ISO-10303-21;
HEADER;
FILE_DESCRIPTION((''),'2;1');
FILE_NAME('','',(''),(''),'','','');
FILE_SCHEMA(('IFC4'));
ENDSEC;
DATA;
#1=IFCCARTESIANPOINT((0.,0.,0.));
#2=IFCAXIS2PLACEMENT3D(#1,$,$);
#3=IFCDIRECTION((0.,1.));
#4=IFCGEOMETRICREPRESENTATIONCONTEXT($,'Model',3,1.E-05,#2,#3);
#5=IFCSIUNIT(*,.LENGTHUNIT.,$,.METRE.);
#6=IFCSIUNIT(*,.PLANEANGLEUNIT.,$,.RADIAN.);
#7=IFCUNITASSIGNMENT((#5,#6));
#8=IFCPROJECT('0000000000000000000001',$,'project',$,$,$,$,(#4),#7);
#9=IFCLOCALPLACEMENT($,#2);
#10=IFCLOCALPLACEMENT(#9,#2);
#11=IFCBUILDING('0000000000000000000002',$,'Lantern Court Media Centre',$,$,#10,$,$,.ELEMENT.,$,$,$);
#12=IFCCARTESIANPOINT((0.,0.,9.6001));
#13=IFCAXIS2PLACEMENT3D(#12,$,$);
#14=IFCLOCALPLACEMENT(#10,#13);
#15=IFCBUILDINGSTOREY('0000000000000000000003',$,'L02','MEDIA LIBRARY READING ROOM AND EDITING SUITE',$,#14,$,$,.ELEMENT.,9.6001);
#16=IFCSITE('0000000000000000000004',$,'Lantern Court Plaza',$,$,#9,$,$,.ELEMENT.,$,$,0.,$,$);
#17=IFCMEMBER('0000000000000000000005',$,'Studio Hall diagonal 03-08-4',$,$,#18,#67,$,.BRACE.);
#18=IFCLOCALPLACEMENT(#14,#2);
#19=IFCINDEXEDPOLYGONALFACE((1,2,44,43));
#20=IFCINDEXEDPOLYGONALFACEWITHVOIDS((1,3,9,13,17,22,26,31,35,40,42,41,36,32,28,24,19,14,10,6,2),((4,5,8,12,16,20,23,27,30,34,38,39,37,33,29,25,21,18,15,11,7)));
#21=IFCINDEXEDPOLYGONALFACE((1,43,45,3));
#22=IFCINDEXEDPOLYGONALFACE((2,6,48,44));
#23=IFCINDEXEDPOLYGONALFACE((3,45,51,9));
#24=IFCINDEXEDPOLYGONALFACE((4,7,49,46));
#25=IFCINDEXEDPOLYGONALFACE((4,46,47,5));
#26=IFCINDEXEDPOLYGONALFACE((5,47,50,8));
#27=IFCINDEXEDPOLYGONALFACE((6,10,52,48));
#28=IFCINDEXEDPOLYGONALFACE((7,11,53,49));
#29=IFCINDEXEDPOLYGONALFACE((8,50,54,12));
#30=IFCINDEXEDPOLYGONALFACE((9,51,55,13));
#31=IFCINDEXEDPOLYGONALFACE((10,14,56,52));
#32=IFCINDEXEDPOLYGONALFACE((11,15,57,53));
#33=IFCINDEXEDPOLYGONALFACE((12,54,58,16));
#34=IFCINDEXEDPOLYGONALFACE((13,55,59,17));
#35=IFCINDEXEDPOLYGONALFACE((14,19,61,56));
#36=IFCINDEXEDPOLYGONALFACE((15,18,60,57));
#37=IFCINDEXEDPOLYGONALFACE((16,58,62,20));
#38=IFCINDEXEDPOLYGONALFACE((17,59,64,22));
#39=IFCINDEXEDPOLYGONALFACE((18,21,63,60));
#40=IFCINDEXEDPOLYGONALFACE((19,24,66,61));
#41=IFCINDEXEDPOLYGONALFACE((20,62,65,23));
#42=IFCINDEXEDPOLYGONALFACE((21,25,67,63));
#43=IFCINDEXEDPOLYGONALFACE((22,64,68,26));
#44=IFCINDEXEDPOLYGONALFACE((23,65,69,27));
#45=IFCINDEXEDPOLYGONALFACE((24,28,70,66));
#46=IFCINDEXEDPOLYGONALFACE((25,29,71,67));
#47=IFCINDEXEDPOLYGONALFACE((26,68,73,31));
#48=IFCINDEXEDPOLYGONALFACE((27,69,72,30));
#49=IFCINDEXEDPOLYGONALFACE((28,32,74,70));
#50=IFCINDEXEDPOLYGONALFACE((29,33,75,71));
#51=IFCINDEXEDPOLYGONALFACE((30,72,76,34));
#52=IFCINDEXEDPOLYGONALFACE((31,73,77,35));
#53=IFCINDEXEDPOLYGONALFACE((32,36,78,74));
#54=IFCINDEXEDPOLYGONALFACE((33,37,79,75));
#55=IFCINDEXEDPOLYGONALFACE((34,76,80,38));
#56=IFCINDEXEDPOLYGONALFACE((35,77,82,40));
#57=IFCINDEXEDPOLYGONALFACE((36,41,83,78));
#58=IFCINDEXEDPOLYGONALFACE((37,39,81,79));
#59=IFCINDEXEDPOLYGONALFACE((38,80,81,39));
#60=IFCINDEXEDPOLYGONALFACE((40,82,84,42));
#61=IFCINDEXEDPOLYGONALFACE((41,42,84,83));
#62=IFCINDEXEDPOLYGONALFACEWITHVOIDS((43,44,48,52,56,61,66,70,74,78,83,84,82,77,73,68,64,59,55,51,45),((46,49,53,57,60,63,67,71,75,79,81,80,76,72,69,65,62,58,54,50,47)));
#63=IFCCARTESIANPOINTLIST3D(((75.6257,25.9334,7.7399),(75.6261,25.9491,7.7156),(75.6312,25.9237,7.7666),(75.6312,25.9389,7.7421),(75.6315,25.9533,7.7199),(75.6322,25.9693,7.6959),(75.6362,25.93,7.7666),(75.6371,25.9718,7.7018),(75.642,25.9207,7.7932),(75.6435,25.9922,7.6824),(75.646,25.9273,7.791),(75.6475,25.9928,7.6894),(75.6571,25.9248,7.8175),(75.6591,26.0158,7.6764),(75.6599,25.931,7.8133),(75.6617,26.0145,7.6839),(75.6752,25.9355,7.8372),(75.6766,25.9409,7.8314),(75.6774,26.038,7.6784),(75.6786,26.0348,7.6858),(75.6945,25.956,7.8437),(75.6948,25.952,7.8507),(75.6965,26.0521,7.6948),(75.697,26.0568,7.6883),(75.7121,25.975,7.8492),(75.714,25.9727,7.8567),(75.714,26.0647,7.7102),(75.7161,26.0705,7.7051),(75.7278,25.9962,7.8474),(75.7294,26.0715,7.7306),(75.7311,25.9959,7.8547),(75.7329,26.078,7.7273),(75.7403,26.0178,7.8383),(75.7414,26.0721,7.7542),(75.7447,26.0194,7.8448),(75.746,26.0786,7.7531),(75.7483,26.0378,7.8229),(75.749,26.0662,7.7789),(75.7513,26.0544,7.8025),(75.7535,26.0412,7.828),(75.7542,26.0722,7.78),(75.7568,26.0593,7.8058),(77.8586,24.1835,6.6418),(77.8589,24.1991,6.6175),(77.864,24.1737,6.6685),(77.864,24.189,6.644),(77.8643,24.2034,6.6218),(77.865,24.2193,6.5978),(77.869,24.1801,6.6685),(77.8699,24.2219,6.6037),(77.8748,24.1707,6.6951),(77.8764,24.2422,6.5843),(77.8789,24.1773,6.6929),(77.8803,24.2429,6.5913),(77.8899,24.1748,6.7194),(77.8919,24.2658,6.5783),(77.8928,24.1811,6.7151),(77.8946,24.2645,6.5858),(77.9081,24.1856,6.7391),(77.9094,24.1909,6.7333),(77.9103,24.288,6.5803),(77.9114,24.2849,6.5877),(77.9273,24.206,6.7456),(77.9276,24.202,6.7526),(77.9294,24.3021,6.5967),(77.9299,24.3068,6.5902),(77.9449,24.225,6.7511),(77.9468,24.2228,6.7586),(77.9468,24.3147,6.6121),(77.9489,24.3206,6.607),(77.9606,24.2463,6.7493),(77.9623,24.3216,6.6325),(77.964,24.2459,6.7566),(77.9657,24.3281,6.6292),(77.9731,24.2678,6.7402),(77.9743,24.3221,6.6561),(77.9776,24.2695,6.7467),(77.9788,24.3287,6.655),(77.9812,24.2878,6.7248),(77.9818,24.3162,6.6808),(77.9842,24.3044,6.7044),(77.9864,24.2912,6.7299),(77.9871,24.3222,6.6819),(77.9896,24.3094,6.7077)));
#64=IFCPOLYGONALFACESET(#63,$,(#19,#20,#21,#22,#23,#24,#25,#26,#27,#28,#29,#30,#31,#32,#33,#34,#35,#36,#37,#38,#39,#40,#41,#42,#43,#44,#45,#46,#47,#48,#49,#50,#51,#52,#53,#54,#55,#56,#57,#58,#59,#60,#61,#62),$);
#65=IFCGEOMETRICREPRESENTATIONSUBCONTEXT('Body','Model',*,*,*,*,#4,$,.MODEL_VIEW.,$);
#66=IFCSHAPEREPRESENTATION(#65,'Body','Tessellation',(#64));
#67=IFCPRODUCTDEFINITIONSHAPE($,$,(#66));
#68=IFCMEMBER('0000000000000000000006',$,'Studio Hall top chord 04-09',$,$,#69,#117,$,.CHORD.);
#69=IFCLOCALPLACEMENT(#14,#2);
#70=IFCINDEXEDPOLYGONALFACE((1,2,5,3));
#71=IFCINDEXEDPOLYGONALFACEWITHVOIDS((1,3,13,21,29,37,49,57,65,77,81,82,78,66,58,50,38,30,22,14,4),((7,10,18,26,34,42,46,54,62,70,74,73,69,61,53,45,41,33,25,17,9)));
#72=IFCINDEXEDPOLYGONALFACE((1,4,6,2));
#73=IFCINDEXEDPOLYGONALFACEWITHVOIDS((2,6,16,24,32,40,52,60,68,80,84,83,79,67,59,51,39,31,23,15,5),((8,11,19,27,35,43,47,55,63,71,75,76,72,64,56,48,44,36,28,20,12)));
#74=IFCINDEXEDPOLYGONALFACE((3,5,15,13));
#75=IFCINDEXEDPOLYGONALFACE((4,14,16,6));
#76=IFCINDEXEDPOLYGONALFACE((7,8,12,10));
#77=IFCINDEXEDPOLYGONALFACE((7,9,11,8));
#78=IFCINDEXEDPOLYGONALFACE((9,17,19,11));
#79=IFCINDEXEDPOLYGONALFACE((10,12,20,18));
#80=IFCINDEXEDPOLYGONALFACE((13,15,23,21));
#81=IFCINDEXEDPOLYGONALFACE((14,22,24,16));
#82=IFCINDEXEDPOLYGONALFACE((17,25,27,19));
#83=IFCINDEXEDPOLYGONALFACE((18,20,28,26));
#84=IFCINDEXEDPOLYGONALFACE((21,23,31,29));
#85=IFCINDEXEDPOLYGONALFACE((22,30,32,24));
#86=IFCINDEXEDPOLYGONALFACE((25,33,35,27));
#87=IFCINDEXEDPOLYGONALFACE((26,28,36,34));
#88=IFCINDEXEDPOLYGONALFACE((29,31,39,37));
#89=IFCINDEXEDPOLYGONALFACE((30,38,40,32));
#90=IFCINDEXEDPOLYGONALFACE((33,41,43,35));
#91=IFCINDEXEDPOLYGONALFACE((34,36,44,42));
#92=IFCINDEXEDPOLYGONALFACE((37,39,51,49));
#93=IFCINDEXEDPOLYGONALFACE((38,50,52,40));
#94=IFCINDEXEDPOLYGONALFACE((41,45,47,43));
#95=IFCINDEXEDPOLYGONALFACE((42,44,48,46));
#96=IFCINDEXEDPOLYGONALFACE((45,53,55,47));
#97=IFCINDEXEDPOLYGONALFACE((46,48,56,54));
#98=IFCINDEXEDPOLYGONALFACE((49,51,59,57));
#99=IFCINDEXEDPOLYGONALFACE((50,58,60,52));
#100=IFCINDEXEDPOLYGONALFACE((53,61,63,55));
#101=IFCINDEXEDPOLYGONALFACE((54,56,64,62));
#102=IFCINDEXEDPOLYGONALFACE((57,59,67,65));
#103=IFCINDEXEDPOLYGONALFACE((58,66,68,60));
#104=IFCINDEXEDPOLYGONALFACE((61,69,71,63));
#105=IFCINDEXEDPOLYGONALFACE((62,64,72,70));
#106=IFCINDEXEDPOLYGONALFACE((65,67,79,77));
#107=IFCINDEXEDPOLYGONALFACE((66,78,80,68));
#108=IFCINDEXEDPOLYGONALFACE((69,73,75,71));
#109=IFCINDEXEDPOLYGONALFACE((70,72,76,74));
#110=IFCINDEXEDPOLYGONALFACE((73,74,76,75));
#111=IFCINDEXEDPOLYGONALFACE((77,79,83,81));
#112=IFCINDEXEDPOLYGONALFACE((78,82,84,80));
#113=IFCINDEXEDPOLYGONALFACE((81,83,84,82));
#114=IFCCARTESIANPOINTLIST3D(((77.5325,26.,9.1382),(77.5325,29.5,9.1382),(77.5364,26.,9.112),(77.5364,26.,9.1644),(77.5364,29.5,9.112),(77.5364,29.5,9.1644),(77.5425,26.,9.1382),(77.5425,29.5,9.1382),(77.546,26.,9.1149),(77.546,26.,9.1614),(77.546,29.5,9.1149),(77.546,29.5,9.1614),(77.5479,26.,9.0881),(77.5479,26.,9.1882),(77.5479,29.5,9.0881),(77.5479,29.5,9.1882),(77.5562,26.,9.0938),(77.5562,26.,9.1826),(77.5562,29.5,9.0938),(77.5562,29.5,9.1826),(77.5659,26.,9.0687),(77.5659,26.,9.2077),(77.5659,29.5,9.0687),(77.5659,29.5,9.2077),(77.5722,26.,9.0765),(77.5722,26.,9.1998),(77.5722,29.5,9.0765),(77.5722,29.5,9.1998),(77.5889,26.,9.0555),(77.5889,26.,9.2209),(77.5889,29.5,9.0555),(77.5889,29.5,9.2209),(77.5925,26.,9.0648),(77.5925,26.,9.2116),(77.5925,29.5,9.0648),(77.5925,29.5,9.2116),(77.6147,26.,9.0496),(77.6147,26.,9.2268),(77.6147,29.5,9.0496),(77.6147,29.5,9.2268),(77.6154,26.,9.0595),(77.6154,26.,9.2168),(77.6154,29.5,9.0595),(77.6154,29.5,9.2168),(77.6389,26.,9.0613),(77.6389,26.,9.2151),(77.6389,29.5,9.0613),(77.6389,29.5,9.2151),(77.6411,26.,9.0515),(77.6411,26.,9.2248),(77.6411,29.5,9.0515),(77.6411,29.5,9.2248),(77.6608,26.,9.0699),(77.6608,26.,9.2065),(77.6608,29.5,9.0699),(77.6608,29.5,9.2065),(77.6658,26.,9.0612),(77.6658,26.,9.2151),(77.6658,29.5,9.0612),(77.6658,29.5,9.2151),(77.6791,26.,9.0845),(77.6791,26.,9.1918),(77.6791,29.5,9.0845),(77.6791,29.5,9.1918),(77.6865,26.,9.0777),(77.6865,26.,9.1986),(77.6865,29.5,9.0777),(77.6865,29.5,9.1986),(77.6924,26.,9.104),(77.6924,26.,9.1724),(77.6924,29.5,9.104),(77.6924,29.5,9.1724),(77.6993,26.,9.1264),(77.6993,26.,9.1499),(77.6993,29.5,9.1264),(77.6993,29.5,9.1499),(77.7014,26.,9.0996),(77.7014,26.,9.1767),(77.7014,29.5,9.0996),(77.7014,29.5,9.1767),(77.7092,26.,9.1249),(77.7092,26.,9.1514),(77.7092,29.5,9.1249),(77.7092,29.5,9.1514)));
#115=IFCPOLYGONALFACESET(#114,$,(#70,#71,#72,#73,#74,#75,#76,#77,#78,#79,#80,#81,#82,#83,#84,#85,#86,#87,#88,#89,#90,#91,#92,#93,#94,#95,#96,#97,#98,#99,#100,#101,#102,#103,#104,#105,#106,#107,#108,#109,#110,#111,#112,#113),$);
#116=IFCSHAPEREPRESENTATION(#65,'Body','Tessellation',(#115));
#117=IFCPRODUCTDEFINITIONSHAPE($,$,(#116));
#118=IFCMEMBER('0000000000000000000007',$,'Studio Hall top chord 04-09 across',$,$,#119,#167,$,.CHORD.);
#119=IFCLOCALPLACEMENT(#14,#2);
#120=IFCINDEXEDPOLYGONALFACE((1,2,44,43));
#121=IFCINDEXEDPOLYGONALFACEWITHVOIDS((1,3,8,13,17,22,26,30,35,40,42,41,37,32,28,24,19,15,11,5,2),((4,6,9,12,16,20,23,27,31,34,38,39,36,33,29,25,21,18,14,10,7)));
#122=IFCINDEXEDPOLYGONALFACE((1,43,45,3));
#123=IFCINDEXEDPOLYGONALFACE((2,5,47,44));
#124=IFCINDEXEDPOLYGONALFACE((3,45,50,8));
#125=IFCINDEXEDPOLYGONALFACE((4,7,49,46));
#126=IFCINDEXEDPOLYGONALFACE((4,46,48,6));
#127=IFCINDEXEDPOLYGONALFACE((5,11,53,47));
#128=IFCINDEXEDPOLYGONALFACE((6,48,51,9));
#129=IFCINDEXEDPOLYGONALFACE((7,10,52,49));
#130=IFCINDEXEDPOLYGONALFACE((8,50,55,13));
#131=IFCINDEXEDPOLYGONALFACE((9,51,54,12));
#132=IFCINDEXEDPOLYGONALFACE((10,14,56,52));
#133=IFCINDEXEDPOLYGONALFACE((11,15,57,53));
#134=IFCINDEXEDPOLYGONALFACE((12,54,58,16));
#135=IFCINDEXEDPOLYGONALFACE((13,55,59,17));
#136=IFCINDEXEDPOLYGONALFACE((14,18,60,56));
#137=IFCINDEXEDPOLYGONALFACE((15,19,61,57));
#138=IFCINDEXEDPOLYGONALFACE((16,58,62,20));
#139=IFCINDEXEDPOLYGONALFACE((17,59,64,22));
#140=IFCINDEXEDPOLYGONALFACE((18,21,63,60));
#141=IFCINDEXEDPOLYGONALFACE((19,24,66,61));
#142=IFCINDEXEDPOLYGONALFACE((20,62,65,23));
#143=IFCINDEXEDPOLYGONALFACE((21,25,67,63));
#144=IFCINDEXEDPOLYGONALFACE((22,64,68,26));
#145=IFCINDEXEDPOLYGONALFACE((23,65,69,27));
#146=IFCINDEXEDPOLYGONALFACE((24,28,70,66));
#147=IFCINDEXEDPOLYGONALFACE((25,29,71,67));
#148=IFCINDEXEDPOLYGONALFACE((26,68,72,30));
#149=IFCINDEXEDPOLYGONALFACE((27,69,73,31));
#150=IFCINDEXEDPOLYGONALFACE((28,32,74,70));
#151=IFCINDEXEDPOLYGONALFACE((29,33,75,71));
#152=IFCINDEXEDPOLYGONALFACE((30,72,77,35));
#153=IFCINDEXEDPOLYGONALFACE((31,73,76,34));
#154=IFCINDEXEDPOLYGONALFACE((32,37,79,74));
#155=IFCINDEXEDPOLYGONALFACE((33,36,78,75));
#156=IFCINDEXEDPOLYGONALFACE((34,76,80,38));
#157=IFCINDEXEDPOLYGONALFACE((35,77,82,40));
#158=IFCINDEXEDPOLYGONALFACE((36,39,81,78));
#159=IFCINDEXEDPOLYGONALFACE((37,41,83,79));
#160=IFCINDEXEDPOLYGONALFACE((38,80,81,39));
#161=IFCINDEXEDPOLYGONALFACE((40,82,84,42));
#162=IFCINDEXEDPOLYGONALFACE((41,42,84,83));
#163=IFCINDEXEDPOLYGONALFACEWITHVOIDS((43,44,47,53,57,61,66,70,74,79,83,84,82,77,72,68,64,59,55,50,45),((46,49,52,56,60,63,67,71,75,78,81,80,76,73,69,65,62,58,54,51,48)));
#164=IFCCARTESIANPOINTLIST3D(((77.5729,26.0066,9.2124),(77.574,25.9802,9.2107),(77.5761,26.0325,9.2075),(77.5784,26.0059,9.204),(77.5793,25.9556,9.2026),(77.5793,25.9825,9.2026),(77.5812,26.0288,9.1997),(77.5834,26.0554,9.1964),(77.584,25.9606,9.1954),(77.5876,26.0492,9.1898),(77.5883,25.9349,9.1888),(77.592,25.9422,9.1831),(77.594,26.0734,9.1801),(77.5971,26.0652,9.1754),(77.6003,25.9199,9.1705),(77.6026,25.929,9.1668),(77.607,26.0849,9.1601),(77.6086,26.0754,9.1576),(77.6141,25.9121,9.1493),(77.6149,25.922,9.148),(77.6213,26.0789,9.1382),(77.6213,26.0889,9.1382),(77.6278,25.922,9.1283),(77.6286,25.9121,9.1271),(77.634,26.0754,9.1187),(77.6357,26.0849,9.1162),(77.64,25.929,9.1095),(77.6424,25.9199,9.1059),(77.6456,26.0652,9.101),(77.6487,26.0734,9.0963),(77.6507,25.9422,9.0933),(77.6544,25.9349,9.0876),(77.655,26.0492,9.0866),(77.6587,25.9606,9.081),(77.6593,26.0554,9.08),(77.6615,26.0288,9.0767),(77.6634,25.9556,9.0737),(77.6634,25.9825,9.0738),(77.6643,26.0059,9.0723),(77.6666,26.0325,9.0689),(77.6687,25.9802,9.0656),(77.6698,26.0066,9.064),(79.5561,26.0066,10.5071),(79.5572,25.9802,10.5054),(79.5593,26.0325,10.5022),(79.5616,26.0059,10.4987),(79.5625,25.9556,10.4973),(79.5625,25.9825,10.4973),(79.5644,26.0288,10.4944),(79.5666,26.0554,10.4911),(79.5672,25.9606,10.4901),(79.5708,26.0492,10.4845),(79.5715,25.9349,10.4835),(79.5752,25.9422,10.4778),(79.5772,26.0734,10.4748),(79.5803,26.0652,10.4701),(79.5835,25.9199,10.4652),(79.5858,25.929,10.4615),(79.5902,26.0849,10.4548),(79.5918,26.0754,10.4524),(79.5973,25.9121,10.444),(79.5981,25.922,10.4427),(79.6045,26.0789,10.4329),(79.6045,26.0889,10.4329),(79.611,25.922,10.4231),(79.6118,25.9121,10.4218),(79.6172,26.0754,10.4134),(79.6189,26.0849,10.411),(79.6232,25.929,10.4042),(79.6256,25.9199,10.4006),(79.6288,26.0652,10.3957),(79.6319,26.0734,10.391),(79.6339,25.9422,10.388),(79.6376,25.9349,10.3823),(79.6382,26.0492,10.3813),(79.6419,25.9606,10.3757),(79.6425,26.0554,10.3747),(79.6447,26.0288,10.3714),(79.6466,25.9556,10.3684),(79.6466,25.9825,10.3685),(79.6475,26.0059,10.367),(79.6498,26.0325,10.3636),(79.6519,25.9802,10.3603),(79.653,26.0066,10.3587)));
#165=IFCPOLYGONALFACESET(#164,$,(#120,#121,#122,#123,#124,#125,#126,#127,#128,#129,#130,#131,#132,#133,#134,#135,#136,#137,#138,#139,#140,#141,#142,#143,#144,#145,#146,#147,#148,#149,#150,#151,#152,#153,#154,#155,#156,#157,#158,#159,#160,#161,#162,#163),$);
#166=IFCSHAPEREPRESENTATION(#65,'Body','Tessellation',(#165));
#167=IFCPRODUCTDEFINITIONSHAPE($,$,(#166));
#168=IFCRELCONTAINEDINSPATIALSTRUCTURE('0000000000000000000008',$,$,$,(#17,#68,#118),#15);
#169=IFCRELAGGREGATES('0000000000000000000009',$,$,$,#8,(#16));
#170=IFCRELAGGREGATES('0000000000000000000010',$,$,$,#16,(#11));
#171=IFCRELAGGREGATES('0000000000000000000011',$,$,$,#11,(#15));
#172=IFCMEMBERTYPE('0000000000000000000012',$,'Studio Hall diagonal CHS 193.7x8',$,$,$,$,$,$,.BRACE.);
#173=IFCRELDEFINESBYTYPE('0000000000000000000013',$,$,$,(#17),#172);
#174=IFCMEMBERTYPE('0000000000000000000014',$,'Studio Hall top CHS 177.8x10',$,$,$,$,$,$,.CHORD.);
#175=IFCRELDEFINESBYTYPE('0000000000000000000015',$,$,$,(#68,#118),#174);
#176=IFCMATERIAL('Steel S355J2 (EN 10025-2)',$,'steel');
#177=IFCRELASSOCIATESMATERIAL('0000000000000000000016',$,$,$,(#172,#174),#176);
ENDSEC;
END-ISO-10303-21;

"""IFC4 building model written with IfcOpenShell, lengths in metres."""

from ifc_helpers import new_model, si_unit, direction, frame, origin, origin_2d, place, context, subcontext, project, spatial, hollow_circle, extrude, material, material_profile, profile_set, type_object, element, save


model = new_model("IFC4")

# Units and contexts
model_context = context("Model", 3, precision=1e-05, world=origin(), true_north=direction((0.0, 1.0)))
body_context = subcontext(model_context, "Body", "Model", "MODEL_VIEW")
ifc_project = project(units=[si_unit("LENGTHUNIT", "METRE"), si_unit("PLANEANGLEUNIT", "RADIAN")], contexts=[model_context])

# Site, building, storey
site_placement = place(None, origin())
site = spatial("IfcSite", under=ifc_project, at=site_placement, Name="Lantern Court Plaza", CompositionType="ELEMENT", RefElevation=0.0)
building_placement = place(site_placement, origin())
building = spatial("IfcBuilding", under=site, at=building_placement, Name="Lantern Court Media Centre", CompositionType="ELEMENT")
storey_placement = place(building_placement, frame((0.0, 0.0, 9.6001)))
storey = spatial("IfcBuildingStorey", under=building, at=storey_placement, Name="L02", Description="MEDIA LIBRARY READING ROOM AND EDITING SUITE", CompositionType="ELEMENT", Elevation=9.6001)

# Members
ifc_material = material(Name="Steel S355J2 (EN 10025-2)", Category="steel")
ifc_material_profile_1 = material_profile(ifc_material, hollow_circle(Radius=0.0969, WallThickness=0.0081, at=origin_2d()), Name="Studio Hall diagonal CHS 193.7x8")
ifc_profile_set_1 = profile_set([ifc_material_profile_1], Name="Steel S355J2 (EN 10025-2)")
member_type_1 = type_object("IfcMemberType", Name="Studio Hall diagonal CHS 193.7x8", PredefinedType="BRACE", material=ifc_profile_set_1)
for number, where, z_axis, x_axis, name in (
    (1, (77.9238, 24.25, 6.6685), (-0.734005, 0.575262, 0.360984), (-0.616856, -0.787076, 0.0), "Studio Hall diagonal 03-08-4"),
):
    element("IfcMember", number, at=place(storey_placement, frame(where, z_axis=z_axis, x_axis=x_axis)), inside=storey, type_object=member_type_1, Name=name, PredefinedType="BRACE", context=body_context, shape_type="SweptSolid", body=[
        extrude(hollow_circle(Radius=0.0969, WallThickness=0.0081, at=origin_2d()), origin(), (0.0, 0.0, 1.0), 3.042),
    ])
ifc_material_profile_2 = material_profile(ifc_material, hollow_circle(Radius=0.0889, WallThickness=0.01, at=origin_2d()), Name="Studio Hall top CHS 177.8x10")
ifc_profile_set_2 = profile_set([ifc_material_profile_2], Name="Steel S355J2 (EN 10025-2)")
member_type_2 = type_object("IfcMemberType", Name="Studio Hall top CHS 177.8x10", PredefinedType="CHORD", material=ifc_profile_set_2)
member_1_placement = place(storey_placement, frame((77.6213, 26.0, 9.1382), z_axis=(0.0, 1.0, 0.0), x_axis=(-1.0, 0.0, 0.0)))
element("IfcMember", 2, at=member_1_placement, inside=storey, type_object=member_type_2, Name="Studio Hall top chord 04-09", PredefinedType="CHORD", context=body_context, shape_type="SweptSolid", body=[
    extrude(hollow_circle(Radius=0.0889, WallThickness=0.01, at=origin_2d()), origin(), (0.0, 0.0, 1.0), 3.5),
])
member_2_placement = place(storey_placement, frame((77.6213, 26.0, 9.1382), z_axis=(0.837356, 0.0, 0.546658), x_axis=(0.0, 1.0, 0.0)))
element("IfcMember", 3, at=member_2_placement, inside=storey, type_object=member_type_2, Name="Studio Hall top chord 04-09 across", PredefinedType="CHORD", context=body_context, shape_type="SweptSolid", body=[
    extrude(hollow_circle(Radius=0.0889, WallThickness=0.01, at=origin_2d()), origin(), (0.0, 0.0, 1.0), 2.3684),
])

save(model, "model.ifc")
